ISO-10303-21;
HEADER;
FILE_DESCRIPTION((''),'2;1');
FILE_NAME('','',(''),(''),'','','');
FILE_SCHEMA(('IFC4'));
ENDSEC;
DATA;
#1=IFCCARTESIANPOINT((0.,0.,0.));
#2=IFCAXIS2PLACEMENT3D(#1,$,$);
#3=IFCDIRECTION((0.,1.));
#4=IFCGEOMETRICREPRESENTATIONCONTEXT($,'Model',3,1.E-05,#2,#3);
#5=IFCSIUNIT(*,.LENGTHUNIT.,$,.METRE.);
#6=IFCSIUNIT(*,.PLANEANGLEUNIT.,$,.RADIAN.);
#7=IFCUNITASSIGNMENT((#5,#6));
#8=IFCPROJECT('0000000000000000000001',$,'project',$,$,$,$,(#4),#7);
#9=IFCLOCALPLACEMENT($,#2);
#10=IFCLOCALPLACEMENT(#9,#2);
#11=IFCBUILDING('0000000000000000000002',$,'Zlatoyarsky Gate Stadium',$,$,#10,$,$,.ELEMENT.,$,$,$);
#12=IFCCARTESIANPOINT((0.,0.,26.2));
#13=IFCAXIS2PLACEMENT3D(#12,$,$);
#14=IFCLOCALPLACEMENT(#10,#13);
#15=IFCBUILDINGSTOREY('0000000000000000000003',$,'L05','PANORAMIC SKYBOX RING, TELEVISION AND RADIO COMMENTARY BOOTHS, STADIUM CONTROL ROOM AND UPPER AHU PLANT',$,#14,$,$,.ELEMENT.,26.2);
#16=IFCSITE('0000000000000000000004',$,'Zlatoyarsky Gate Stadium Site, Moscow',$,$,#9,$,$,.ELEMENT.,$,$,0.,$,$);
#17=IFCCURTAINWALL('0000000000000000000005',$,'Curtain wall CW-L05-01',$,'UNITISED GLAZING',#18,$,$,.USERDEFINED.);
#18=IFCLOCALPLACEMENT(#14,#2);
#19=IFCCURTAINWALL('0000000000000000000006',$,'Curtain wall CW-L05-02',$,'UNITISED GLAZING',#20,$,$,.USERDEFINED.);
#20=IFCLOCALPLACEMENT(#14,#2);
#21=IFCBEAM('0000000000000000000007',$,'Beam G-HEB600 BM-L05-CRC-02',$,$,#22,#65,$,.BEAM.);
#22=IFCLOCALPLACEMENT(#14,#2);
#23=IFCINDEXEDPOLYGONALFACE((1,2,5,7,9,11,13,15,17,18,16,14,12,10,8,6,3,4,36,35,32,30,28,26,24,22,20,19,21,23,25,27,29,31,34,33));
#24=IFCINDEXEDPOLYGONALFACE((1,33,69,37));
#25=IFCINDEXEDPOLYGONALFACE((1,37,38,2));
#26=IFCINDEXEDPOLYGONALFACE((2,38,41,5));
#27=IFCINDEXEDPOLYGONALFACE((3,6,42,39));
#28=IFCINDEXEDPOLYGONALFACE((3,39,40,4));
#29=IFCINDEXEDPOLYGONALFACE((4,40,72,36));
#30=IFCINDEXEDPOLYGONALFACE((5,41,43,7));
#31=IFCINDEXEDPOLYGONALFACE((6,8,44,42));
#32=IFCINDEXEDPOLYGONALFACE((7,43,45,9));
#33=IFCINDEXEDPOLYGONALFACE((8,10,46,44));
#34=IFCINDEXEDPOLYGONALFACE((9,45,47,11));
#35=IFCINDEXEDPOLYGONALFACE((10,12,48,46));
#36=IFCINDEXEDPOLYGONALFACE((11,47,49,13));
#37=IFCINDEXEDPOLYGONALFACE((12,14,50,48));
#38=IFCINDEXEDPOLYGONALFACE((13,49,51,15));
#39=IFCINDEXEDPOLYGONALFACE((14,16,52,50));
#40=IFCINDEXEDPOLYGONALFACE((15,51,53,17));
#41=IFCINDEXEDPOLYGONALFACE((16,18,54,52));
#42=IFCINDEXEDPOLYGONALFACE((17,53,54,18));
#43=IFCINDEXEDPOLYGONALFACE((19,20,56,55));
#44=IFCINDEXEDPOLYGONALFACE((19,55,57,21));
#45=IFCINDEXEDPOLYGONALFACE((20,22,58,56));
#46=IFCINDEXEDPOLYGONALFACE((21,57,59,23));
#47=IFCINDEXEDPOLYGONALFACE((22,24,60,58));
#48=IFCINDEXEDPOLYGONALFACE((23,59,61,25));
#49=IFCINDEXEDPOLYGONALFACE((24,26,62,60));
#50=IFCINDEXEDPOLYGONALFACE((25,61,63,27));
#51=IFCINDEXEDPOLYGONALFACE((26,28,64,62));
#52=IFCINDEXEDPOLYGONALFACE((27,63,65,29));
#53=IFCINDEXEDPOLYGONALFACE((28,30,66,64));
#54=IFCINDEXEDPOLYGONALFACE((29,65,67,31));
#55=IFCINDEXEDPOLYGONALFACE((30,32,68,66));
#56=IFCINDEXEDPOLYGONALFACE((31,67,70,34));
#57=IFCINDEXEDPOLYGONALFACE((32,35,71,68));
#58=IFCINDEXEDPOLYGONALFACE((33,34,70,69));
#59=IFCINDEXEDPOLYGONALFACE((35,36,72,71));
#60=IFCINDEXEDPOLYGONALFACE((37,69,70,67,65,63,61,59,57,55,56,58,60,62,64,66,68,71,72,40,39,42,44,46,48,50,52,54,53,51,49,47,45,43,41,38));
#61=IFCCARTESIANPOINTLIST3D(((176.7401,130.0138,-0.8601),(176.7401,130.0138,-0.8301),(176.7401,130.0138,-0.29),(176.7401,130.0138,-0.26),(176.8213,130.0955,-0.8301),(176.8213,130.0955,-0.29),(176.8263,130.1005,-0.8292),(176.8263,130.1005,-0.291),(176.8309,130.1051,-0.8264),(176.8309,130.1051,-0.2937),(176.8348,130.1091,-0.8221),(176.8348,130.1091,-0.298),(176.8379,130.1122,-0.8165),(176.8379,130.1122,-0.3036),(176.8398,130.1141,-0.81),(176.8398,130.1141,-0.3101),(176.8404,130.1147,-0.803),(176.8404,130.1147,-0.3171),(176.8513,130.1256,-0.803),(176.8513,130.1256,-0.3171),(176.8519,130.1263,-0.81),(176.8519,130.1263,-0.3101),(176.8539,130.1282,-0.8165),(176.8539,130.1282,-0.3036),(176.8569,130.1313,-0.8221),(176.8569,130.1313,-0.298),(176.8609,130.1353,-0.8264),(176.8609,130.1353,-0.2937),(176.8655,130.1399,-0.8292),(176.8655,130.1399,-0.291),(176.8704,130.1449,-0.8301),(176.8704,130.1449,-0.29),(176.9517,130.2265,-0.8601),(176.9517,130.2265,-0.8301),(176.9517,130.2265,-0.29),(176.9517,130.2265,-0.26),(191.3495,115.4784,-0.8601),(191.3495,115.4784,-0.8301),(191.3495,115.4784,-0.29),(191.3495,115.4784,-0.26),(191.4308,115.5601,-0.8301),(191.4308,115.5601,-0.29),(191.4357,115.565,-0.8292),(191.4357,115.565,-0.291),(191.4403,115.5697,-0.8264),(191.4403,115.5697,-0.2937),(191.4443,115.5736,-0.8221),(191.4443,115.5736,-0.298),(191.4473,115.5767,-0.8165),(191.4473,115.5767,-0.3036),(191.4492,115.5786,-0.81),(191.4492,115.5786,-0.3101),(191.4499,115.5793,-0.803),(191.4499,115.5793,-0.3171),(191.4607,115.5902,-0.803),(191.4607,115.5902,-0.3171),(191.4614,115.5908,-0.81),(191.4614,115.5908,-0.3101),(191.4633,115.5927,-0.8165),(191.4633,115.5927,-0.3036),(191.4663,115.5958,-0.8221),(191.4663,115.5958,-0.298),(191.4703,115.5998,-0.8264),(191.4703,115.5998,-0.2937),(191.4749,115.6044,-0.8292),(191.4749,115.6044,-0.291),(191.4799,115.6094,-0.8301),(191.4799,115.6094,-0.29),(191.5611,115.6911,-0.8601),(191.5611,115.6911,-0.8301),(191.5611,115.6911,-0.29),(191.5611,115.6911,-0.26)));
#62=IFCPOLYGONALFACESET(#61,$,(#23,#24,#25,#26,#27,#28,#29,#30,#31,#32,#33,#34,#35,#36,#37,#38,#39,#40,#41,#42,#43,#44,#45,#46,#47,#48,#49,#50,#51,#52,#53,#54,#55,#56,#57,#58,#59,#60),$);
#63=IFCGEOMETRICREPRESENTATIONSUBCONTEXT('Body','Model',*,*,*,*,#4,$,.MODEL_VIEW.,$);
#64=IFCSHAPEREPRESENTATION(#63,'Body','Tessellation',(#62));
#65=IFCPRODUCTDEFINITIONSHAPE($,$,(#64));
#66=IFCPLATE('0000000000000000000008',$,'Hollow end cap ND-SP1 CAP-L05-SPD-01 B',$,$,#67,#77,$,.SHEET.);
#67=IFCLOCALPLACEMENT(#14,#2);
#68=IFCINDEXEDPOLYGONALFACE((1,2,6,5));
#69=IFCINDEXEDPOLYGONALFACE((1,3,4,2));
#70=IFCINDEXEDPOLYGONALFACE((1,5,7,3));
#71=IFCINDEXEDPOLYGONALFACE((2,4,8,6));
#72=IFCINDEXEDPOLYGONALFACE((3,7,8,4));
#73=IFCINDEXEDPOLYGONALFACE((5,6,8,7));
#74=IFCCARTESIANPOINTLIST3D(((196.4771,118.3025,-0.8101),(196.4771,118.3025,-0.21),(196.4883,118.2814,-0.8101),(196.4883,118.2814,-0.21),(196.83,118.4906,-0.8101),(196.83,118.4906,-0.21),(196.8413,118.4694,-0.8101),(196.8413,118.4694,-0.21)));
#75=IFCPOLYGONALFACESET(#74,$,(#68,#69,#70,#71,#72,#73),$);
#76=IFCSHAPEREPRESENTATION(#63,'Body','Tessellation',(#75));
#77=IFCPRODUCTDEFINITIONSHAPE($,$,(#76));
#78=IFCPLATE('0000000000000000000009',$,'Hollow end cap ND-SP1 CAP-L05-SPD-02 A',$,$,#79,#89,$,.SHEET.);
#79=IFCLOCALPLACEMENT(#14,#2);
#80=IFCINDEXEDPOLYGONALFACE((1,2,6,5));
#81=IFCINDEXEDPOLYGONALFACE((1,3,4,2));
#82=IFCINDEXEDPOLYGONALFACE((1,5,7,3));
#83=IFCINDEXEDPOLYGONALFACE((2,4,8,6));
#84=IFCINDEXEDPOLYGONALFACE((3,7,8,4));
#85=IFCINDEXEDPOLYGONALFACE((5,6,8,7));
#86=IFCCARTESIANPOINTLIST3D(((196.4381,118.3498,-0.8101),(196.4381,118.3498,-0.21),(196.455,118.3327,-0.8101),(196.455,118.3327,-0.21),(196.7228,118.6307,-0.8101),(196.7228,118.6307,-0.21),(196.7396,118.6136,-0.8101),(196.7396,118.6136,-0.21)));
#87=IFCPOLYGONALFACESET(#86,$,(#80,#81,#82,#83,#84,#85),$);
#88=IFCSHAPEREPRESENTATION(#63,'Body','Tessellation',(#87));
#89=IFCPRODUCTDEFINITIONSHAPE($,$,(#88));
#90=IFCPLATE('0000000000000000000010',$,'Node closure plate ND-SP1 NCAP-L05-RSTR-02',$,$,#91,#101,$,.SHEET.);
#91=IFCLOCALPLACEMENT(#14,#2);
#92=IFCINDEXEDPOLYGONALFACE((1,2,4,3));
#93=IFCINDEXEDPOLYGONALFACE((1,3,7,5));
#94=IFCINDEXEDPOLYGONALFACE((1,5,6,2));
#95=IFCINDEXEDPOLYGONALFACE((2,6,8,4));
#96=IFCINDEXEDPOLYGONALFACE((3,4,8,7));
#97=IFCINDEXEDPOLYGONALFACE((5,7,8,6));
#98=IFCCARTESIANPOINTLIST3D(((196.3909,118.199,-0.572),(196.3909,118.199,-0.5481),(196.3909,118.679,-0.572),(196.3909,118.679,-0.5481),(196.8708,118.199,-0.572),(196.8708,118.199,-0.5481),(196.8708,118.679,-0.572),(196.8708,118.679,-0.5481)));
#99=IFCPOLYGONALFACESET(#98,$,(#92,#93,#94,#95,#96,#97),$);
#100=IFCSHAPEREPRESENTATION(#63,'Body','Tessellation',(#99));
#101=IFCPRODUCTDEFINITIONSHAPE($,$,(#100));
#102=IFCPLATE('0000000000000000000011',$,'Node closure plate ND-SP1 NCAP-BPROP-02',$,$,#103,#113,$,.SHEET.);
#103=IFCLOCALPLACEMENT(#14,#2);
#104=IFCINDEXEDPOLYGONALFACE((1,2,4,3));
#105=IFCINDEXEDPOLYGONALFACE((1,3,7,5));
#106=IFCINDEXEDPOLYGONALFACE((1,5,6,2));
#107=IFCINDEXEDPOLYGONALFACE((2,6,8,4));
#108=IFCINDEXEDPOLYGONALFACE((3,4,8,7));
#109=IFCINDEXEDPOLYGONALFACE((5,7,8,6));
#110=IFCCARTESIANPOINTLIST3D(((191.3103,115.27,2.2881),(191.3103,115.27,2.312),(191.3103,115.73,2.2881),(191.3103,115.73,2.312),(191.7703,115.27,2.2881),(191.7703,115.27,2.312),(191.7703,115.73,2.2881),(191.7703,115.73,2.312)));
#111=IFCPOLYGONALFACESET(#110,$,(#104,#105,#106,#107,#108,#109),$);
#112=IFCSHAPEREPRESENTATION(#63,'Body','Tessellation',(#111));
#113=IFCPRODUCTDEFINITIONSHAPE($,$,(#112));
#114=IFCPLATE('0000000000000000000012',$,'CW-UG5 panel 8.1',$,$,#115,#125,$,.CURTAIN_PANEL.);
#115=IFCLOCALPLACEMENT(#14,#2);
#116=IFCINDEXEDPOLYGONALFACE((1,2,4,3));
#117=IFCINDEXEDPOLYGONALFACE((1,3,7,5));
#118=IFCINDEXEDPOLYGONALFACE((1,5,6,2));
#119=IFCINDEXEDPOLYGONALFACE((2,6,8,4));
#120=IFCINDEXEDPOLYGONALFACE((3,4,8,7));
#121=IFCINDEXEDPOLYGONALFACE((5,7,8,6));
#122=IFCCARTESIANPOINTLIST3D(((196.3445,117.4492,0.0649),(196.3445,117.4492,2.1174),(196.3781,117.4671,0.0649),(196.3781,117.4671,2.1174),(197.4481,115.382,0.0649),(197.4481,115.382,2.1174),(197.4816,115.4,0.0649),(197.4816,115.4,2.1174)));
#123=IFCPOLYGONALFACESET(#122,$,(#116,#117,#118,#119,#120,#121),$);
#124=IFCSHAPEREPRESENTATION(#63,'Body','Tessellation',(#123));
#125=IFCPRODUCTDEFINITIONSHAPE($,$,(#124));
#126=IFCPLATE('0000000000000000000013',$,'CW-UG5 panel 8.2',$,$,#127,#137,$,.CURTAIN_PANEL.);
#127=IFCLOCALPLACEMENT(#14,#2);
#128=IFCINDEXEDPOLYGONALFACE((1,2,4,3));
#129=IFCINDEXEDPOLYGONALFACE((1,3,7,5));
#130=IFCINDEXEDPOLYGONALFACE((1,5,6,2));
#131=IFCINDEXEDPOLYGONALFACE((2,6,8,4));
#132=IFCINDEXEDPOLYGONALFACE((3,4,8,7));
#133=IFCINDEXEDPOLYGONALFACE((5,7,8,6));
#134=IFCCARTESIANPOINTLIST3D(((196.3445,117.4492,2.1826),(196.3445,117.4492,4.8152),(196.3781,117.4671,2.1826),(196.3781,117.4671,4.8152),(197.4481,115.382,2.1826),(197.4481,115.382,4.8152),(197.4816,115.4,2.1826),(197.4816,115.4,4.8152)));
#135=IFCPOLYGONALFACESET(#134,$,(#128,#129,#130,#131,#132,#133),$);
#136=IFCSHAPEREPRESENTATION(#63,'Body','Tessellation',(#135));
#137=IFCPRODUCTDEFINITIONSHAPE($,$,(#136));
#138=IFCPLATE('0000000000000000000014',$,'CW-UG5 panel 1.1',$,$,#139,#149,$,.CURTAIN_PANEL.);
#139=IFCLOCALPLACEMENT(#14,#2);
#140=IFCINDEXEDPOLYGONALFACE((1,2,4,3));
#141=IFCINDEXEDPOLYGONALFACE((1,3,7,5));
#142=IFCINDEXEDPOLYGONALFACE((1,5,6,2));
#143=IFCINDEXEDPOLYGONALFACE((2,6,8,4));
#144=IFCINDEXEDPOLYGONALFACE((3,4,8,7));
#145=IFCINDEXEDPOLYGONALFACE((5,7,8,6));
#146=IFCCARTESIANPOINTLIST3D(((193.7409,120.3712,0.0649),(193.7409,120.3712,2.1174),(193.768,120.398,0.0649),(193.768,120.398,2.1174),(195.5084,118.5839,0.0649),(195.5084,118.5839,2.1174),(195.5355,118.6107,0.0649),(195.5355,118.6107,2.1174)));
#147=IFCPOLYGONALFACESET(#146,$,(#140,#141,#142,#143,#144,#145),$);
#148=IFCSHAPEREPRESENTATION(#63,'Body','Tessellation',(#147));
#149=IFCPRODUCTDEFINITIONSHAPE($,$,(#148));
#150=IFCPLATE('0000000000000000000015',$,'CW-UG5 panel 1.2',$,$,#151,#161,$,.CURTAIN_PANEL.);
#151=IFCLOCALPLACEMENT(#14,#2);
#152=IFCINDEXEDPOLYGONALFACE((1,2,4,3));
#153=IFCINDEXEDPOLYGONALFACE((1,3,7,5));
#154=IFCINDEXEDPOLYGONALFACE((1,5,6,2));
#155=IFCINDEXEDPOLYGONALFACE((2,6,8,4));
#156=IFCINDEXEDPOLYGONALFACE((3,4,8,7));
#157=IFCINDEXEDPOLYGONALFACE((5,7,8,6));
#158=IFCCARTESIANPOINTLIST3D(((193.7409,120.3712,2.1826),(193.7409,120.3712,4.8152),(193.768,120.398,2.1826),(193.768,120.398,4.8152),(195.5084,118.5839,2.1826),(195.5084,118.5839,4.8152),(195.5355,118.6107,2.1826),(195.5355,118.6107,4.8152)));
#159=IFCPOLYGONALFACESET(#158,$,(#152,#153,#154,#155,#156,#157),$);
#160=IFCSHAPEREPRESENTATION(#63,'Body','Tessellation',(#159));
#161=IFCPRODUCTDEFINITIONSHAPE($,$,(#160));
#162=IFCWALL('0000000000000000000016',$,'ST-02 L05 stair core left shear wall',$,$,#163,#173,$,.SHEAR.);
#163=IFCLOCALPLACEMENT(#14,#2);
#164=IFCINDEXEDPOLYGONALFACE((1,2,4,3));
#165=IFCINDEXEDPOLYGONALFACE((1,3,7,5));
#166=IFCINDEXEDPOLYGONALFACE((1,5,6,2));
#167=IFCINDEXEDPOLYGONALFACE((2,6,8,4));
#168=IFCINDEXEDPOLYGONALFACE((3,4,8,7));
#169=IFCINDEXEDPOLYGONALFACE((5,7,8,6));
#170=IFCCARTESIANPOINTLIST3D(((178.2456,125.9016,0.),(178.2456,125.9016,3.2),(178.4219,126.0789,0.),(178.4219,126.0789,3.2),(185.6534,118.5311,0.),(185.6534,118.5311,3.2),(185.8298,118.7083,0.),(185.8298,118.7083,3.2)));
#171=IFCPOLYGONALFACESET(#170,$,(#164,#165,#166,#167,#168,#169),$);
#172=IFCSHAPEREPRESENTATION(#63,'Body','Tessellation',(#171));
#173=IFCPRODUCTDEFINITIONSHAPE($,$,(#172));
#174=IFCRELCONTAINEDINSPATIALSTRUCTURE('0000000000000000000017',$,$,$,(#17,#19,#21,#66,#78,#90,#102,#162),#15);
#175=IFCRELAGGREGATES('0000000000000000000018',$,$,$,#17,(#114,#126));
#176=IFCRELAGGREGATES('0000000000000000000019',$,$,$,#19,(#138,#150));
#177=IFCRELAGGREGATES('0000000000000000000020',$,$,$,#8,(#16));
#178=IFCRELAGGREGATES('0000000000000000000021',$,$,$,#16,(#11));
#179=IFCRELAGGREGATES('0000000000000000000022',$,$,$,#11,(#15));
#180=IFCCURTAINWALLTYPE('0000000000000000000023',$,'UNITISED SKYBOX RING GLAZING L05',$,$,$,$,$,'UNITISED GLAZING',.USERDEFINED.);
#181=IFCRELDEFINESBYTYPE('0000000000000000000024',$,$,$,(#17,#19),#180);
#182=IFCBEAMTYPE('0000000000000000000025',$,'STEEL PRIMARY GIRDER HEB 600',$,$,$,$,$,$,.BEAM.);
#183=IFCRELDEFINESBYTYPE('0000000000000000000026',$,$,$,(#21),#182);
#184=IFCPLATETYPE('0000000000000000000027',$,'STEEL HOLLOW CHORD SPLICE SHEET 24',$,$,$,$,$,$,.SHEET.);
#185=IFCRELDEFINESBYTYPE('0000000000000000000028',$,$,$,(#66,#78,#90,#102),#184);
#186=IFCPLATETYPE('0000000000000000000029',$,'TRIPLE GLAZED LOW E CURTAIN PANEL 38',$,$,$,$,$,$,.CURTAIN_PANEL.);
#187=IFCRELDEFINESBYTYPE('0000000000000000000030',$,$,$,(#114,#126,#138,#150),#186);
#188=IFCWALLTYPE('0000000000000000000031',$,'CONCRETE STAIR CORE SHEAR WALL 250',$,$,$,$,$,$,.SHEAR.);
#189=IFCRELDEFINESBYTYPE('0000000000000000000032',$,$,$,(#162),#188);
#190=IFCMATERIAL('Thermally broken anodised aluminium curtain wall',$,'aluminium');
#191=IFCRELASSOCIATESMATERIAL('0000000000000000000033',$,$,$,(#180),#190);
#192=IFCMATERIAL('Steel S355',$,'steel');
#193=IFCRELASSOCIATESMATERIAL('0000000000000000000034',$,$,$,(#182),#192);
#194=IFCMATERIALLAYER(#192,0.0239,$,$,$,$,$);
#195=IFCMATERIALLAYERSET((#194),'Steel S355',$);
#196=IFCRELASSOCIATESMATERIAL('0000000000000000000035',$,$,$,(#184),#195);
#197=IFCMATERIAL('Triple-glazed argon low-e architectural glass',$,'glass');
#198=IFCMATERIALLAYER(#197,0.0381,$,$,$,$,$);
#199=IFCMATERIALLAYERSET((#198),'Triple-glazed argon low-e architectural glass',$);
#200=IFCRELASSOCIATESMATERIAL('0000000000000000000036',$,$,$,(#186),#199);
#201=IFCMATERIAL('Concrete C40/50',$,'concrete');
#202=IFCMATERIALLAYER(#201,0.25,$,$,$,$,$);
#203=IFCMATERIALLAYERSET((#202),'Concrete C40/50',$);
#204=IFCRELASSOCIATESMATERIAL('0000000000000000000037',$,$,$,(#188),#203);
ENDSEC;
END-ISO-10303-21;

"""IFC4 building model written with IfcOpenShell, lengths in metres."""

from ifc_helpers import new_model, si_unit, direction, frame, frame_2d, origin, origin_2d, place, context, subcontext, project, spatial, rectangle, i_section, extrude, material, layer, layer_set, material_profile, profile_set, type_object, element, aggregate, save


model = new_model("IFC4")

# Units and contexts
model_context = context("Model", 3, precision=1e-05, world=origin(), true_north=direction((0.0, 1.0)))
body_context = subcontext(model_context, "Body", "Model", "MODEL_VIEW")
ifc_project = project(units=[si_unit("LENGTHUNIT", "METRE"), si_unit("PLANEANGLEUNIT", "RADIAN")], contexts=[model_context])

# Site, building, storey
site_placement = place(None, origin())
site = spatial("IfcSite", under=ifc_project, at=site_placement, Name="Zlatoyarsky Gate Stadium Site, Moscow", CompositionType="ELEMENT", RefElevation=0.0)
building_placement = place(site_placement, origin())
building = spatial("IfcBuilding", under=site, at=building_placement, Name="Zlatoyarsky Gate Stadium", CompositionType="ELEMENT")
storey_placement = place(building_placement, frame((0.0, 0.0, 26.2)))
storey = spatial("IfcBuildingStorey", under=building, at=storey_placement, Name="L05", Description="PANORAMIC SKYBOX RING, TELEVISION AND RADIO COMMENTARY BOOTHS, STADIUM CONTROL ROOM AND UPPER AHU PLANT", CompositionType="ELEMENT", Elevation=26.2)

# Shared definitions
ifc_material_1 = material(Name="Steel S355", Category="steel")

# Curtain walls
ifc_material_2 = material(Name="Thermally broken anodised aluminium curtain wall", Category="aluminium")
curtain_wall_type = type_object("IfcCurtainWallType", Name="UNITISED SKYBOX RING GLAZING L05", ElementType="UNITISED GLAZING", PredefinedType="USERDEFINED", material=ifc_material_2)
curtain_wall_1_placement = place(storey_placement, origin())
curtain_wall_1 = element("IfcCurtainWall", 1, at=curtain_wall_1_placement, inside=storey, type_object=curtain_wall_type, Name="Curtain wall CW-L05-01", ObjectType="UNITISED GLAZING", PredefinedType="USERDEFINED")
curtain_wall_2_placement = place(storey_placement, origin())
curtain_wall_2 = element("IfcCurtainWall", 2, at=curtain_wall_2_placement, inside=storey, type_object=curtain_wall_type, Name="Curtain wall CW-L05-02", ObjectType="UNITISED GLAZING", PredefinedType="USERDEFINED")

# Beam
ifc_material_profile_1 = material_profile(ifc_material_1, i_section(OverallWidth=0.3, OverallDepth=0.6001, WebThickness=0.0154, FlangeThickness=0.03, FilletRadius=0.0271, at=origin_2d()), Name="HEB 600")
ifc_profile_set_1 = profile_set([ifc_material_profile_1], Name="Steel S355")
beam_type_1 = type_object("IfcBeamType", Name="STEEL PRIMARY GIRDER HEB 600", PredefinedType="BEAM", material=ifc_profile_set_1)
beam_1_placement = place(storey_placement, frame((191.4553, 115.5847, -0.5601), z_axis=(-0.708899, 0.70531, 0.0), x_axis=(-0.70531, -0.708899, 0.0)))
element("IfcBeam", 3, at=beam_1_placement, inside=storey, type_object=beam_type_1, Name="Beam G-HEB600 BM-L05-CRC-02", PredefinedType="BEAM", context=body_context, shape_type="SweptSolid", body=[
    extrude(i_section(OverallWidth=0.3, OverallDepth=0.6001, WebThickness=0.0154, FlangeThickness=0.03, FilletRadius=0.0271, at=origin_2d()), origin(), (0.0, 0.0, 1.0), 20.6086),
])

# Plates
ifc_layer_1 = layer(ifc_material_1, 0.0239)
ifc_layer_set_1 = layer_set([ifc_layer_1], Name="Steel S355")
plate_type_1 = type_object("IfcPlateType", Name="STEEL HOLLOW CHORD SPLICE SHEET 24", PredefinedType="SHEET", material=ifc_layer_set_1)
for number, where, z_axis, x_axis, name in (
    (4, (196.6592, 118.386, -0.8101), (0.0, 0.0, 1.0), (-0.470188, 0.882566, 0.0), "Hollow end cap ND-SP1 CAP-L05-SPD-01 B"),
    (5, (196.5889, 118.4817, -0.8101), (0.0, 0.0, 1.0), (-0.702431, 0.711752, 0.0), "Hollow end cap ND-SP1 CAP-L05-SPD-02 A"),
):
    element("IfcPlate", number, at=place(storey_placement, frame(where, z_axis=z_axis, x_axis=x_axis)), inside=storey, type_object=plate_type_1, Name=name, PredefinedType="SHEET", context=body_context, shape_type="SweptSolid", body=[
        extrude(rectangle(XDim=0.0239, YDim=0.3999, at=origin_2d()), origin(), (0.0, 0.0, 1.0), 0.6001),
    ])
plate_1_placement = place(storey_placement, frame((196.6309, 118.439, -0.572), z_axis=(0.0, 0.0, 1.0), x_axis=(1.0, 0.0, 0.0)))
element("IfcPlate", 6, at=plate_1_placement, inside=storey, type_object=plate_type_1, Name="Node closure plate ND-SP1 NCAP-L05-RSTR-02", PredefinedType="SHEET", context=body_context, shape_type="SweptSolid", body=[
    extrude(rectangle(XDim=0.48, YDim=0.48, at=origin_2d()), origin(), (0.0, 0.0, 1.0), 0.0239),
])
plate_2_placement = place(storey_placement, frame((191.5403, 115.5, 2.2881), z_axis=(0.0, 0.0, 1.0), x_axis=(1.0, 0.0, 0.0)))
element("IfcPlate", 7, at=plate_2_placement, inside=storey, type_object=plate_type_1, Name="Node closure plate ND-SP1 NCAP-BPROP-02", PredefinedType="SHEET", context=body_context, shape_type="SweptSolid", body=[
    extrude(rectangle(XDim=0.46, YDim=0.46, at=origin_2d()), origin(), (0.0, 0.0, 1.0), 0.0239),
])

# Plates
ifc_material_3 = material(Name="Triple-glazed argon low-e architectural glass", Category="glass")
ifc_layer_2 = layer(ifc_material_3, 0.0381)
ifc_layer_set_2 = layer_set([ifc_layer_2], Name="Triple-glazed argon low-e architectural glass")
plate_type_2 = type_object("IfcPlateType", Name="TRIPLE GLAZED LOW E CURTAIN PANEL 38", PredefinedType="CURTAIN_PANEL", material=ifc_layer_set_2)
plate_3_placement = place(storey_placement, frame((196.9131, 116.4246, 0.0649), z_axis=(0.0, 0.0, 1.0), x_axis=(-0.470937, 0.882167, 0.0)))
plate_3 = element("IfcPlate", 8, at=plate_3_placement, type_object=plate_type_2, Name="CW-UG5 panel 8.1", PredefinedType="CURTAIN_PANEL", context=body_context, shape_type="SweptSolid", body=[
    extrude(rectangle(XDim=2.3433, YDim=0.0381, at=origin_2d()), origin(), (0.0, 0.0, 1.0), 2.0525),
])
plate_4_placement = place(storey_placement, frame((196.9131, 116.4246, 2.1826), z_axis=(0.0, 0.0, 1.0), x_axis=(-0.470937, 0.882167, 0.0)))
plate_4 = element("IfcPlate", 9, at=plate_4_placement, type_object=plate_type_2, Name="CW-UG5 panel 8.2", PredefinedType="CURTAIN_PANEL", context=body_context, shape_type="SweptSolid", body=[
    extrude(rectangle(XDim=2.3433, YDim=0.0381, at=origin_2d()), origin(), (0.0, 0.0, 1.0), 2.6326),
])
aggregate(curtain_wall_1, [plate_3, plate_4])
plate_5_placement = place(storey_placement, frame((194.6382, 119.491, 0.0649), z_axis=(0.0, 0.0, 1.0), x_axis=(-0.703156, 0.711036, 0.0)))
plate_5 = element("IfcPlate", 10, at=plate_5_placement, type_object=plate_type_2, Name="CW-UG5 panel 1.1", PredefinedType="CURTAIN_PANEL", context=body_context, shape_type="SweptSolid", body=[
    extrude(rectangle(XDim=2.5137, YDim=0.0381, at=origin_2d()), origin(), (0.0, 0.0, 1.0), 2.0525),
])
plate_6_placement = place(storey_placement, frame((194.6382, 119.491, 2.1826), z_axis=(0.0, 0.0, 1.0), x_axis=(-0.703156, 0.711036, 0.0)))
plate_6 = element("IfcPlate", 11, at=plate_6_placement, type_object=plate_type_2, Name="CW-UG5 panel 1.2", PredefinedType="CURTAIN_PANEL", context=body_context, shape_type="SweptSolid", body=[
    extrude(rectangle(XDim=2.5137, YDim=0.0381, at=origin_2d()), origin(), (0.0, 0.0, 1.0), 2.6326),
])
aggregate(curtain_wall_2, [plate_5, plate_6])

# Wall
ifc_material_4 = material(Name="Concrete C40/50", Category="concrete")
ifc_layer_3 = layer(ifc_material_4, 0.25)
ifc_layer_set_3 = layer_set([ifc_layer_3], Name="Concrete C40/50")
wall_type_1 = type_object("IfcWallType", Name="CONCRETE STAIR CORE SHEAR WALL 250", PredefinedType="SHEAR", material=ifc_layer_set_3)
wall_1_placement = place(storey_placement, frame((185.7417, 118.6196, 0.0), z_axis=(0.0, 0.0, 1.0), x_axis=(-0.708892, 0.705317, 0.0)))
element("IfcWall", 12, at=wall_1_placement, inside=storey, type_object=wall_type_1, Name="ST-02 L05 stair core left shear wall", PredefinedType="SHEAR", context=body_context, shape_type="SweptSolid", body=[
    extrude(rectangle(XDim=10.45, YDim=0.25, at=frame_2d((5.2251, 0.0))), origin(), (0.0, 0.0, 1.0), 3.2),
])

save(model, "model.ifc")
